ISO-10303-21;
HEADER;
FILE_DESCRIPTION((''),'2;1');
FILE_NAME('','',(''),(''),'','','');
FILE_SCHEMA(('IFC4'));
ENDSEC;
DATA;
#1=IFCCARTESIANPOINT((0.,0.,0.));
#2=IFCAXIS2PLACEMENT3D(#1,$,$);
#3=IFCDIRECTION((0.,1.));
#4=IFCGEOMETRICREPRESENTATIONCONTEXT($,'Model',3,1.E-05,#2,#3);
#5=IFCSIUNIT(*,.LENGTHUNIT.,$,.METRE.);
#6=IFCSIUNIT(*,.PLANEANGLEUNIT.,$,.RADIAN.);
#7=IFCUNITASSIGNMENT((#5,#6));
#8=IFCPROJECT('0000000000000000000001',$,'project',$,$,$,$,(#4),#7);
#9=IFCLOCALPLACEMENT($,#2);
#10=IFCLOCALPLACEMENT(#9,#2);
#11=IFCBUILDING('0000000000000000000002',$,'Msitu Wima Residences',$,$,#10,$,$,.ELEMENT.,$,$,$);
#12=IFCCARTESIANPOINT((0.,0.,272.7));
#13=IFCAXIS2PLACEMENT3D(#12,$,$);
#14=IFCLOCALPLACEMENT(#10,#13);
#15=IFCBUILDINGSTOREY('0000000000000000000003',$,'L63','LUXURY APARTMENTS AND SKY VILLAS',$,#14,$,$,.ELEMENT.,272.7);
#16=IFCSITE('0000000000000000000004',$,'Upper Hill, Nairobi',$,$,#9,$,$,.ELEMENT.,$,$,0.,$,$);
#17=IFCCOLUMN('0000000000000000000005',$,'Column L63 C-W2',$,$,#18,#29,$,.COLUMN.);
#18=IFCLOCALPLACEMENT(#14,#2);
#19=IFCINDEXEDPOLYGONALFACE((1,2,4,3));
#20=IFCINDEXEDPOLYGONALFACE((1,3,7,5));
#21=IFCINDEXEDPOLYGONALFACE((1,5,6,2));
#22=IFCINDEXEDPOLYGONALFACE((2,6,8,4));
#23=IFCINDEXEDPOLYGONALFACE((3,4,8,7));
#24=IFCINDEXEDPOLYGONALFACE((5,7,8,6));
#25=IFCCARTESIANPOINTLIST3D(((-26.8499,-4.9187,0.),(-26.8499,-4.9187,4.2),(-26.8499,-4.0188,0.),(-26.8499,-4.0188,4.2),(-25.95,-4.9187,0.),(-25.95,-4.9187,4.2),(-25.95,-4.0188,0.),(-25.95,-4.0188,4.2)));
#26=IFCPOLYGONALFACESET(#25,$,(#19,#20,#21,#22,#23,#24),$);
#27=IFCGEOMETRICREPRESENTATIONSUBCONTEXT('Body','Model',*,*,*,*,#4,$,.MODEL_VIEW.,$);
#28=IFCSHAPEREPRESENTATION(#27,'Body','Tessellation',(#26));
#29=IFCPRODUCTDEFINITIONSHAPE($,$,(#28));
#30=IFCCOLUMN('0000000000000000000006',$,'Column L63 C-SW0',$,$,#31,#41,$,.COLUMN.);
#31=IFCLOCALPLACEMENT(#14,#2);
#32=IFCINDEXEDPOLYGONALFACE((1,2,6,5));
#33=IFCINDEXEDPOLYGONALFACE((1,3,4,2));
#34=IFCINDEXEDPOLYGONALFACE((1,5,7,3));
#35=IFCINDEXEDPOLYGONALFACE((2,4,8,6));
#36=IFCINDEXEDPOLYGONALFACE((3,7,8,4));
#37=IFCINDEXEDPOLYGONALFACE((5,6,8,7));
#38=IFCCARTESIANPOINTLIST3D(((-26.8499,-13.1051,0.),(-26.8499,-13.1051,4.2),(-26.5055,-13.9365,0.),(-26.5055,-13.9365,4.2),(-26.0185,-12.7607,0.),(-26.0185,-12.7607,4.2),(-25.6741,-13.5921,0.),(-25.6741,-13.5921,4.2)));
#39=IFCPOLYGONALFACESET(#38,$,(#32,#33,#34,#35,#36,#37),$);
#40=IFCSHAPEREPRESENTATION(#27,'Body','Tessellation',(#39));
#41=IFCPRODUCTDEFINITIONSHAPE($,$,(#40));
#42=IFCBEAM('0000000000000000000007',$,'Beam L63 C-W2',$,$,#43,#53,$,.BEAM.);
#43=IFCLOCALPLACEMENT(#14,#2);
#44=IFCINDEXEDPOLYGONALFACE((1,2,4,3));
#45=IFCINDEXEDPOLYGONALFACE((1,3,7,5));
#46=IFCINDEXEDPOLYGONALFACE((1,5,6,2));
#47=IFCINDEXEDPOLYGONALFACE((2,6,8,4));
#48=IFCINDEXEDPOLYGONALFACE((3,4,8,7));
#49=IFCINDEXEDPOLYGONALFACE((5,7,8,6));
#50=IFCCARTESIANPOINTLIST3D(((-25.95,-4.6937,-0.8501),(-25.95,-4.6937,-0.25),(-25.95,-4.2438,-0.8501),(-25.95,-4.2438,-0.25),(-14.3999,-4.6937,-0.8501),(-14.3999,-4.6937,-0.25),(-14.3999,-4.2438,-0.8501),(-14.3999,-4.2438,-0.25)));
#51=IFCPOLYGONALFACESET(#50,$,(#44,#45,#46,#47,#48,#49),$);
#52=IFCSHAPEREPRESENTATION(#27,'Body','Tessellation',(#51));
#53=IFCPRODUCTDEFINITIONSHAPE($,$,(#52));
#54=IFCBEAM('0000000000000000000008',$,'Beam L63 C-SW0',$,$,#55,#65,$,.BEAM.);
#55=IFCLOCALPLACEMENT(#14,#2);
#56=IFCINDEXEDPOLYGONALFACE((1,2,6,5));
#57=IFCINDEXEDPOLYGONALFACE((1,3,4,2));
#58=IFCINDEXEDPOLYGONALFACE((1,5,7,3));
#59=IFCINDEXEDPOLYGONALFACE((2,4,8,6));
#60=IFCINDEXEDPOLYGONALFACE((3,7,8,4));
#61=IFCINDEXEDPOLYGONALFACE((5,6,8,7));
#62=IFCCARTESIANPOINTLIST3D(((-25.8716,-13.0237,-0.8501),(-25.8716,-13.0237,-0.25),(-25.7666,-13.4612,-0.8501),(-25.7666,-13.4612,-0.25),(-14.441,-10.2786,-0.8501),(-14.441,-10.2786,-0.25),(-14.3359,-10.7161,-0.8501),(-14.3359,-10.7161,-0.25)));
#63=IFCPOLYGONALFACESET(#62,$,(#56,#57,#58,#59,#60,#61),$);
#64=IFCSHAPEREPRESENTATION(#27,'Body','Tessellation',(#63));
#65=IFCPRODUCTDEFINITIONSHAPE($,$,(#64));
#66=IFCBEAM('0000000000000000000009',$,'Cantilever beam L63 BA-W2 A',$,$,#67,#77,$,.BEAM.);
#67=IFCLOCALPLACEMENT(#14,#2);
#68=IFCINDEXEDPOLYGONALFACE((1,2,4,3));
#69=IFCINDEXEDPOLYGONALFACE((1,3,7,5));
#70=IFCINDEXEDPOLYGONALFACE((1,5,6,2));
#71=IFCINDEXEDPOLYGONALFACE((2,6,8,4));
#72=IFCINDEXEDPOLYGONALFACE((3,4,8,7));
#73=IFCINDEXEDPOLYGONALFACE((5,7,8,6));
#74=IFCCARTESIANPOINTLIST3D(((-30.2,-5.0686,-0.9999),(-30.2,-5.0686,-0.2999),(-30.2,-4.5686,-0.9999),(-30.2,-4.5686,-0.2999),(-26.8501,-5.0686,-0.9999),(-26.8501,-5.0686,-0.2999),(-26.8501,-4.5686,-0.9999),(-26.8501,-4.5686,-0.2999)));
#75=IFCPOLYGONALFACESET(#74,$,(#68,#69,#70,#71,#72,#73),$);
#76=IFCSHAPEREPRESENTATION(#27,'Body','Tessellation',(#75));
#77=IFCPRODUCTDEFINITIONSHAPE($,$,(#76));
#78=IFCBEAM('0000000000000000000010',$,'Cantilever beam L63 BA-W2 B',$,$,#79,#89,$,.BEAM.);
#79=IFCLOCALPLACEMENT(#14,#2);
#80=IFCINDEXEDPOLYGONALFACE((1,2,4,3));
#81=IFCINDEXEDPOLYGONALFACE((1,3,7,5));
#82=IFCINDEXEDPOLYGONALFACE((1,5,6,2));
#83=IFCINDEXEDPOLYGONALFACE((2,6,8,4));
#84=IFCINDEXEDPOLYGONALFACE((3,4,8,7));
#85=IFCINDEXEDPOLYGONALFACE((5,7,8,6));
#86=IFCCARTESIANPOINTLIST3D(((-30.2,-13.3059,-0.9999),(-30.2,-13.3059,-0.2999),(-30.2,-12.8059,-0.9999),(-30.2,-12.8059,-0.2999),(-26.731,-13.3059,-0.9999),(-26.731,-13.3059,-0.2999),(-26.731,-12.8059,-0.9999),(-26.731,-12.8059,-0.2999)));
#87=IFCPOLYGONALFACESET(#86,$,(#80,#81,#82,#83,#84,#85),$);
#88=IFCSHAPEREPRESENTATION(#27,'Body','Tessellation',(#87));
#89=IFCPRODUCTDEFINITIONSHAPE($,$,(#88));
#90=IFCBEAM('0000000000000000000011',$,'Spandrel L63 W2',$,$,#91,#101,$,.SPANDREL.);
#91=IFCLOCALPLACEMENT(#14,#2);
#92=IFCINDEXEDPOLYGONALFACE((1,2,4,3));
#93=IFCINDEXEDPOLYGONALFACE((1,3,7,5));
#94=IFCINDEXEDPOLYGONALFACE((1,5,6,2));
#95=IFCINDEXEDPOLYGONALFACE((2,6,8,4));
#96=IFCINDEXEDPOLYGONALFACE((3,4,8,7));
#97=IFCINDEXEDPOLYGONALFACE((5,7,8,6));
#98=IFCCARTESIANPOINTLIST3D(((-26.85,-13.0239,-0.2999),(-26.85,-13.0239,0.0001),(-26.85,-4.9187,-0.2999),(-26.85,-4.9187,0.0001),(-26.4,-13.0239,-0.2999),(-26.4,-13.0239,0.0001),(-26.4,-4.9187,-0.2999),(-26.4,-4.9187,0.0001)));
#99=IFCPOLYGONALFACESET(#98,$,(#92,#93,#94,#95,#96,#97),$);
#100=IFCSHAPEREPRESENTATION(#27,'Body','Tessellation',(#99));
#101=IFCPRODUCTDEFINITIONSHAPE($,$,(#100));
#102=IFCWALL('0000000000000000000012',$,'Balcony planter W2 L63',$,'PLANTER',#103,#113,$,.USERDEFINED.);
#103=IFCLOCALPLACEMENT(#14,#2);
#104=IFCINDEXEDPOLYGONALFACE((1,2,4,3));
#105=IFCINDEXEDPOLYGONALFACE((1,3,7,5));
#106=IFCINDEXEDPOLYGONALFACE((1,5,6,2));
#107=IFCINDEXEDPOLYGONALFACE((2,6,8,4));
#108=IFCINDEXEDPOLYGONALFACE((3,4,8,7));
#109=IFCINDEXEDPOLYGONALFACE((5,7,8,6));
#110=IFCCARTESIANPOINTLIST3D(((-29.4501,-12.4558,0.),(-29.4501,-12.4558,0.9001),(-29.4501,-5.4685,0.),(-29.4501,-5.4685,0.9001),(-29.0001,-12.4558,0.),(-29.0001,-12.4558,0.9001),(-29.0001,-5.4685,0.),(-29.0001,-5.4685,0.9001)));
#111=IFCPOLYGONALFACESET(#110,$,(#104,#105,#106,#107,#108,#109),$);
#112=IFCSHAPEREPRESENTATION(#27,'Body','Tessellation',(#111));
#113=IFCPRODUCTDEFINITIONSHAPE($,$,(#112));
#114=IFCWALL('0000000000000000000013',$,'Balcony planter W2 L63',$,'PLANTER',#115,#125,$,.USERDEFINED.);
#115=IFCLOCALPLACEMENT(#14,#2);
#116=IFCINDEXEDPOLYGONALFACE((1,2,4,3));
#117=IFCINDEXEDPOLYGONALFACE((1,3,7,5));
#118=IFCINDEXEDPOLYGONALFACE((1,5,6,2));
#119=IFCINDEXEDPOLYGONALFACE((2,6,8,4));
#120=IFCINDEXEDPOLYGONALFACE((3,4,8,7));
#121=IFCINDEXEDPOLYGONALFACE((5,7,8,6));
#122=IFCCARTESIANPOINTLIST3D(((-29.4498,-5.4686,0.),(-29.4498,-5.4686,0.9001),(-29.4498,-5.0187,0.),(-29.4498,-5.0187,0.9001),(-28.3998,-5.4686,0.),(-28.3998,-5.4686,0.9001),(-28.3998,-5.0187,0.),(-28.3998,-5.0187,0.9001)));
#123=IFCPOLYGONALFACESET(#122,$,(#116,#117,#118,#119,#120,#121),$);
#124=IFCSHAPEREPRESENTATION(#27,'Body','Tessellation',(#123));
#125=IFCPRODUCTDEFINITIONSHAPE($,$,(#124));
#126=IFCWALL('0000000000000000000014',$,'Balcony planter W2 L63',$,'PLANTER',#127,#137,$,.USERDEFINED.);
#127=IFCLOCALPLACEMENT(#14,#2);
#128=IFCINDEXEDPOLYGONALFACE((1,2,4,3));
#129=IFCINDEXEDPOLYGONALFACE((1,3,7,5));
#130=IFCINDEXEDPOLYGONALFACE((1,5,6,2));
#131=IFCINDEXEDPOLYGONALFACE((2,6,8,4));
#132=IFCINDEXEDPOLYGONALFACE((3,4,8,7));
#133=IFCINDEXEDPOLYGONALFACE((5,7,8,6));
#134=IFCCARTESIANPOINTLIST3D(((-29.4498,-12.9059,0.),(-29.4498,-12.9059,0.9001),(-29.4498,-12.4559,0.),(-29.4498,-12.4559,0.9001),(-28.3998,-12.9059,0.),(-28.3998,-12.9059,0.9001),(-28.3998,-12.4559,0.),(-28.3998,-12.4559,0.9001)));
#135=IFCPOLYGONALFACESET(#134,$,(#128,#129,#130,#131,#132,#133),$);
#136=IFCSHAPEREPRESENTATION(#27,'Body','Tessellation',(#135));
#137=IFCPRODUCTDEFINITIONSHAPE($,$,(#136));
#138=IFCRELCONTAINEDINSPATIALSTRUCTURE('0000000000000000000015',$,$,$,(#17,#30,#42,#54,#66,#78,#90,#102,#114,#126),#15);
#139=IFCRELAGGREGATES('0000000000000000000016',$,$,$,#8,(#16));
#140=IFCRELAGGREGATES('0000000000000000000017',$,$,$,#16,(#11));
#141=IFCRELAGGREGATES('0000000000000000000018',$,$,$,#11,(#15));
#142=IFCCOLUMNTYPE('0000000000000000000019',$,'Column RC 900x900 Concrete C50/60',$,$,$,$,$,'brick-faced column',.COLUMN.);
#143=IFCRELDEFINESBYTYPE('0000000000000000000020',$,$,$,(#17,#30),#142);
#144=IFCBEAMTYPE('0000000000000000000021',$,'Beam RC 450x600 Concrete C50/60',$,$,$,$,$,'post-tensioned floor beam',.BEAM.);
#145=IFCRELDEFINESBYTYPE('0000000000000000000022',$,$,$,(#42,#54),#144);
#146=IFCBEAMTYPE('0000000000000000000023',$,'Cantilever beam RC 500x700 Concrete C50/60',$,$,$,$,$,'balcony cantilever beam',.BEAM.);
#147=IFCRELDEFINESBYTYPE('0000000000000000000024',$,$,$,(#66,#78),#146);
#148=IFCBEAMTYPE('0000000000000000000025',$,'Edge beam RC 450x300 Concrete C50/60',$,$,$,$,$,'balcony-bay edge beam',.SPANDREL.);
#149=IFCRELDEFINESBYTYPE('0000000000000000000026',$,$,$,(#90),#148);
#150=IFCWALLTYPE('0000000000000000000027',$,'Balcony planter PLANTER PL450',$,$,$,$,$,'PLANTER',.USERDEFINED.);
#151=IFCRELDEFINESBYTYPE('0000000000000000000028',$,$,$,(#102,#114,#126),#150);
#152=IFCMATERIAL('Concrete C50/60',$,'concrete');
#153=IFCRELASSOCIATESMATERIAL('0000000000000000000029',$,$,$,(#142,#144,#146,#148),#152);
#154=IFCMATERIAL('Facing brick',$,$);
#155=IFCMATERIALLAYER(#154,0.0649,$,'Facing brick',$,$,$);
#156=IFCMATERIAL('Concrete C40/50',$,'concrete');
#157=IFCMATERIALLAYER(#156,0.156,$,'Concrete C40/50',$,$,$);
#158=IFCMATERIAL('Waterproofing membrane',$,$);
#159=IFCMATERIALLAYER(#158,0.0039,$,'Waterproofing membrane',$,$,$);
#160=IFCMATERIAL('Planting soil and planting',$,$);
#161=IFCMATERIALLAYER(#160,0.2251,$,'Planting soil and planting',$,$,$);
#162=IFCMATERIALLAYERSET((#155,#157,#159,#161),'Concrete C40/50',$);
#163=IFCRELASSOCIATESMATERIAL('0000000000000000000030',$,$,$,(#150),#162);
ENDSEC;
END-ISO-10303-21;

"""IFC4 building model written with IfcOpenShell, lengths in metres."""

from ifc_helpers import new_model, si_unit, direction, frame, frame_2d, origin, origin_2d, place, context, subcontext, project, spatial, rectangle, extrude, material, layer, layer_set, material_profile, profile_set, type_object, element, save


model = new_model("IFC4")

# Units and contexts
model_context = context("Model", 3, precision=1e-05, world=origin(), true_north=direction((0.0, 1.0)))
body_context = subcontext(model_context, "Body", "Model", "MODEL_VIEW")
ifc_project = project(units=[si_unit("LENGTHUNIT", "METRE"), si_unit("PLANEANGLEUNIT", "RADIAN")], contexts=[model_context])

# Site, building, storey
site_placement = place(None, origin())
site = spatial("IfcSite", under=ifc_project, at=site_placement, Name="Upper Hill, Nairobi", CompositionType="ELEMENT", RefElevation=0.0)
building_placement = place(site_placement, origin())
building = spatial("IfcBuilding", under=site, at=building_placement, Name="Msitu Wima Residences", CompositionType="ELEMENT")
storey_placement = place(building_placement, frame((0.0, 0.0, 272.7)))
storey = spatial("IfcBuildingStorey", under=building, at=storey_placement, Name="L63", Description="LUXURY APARTMENTS AND SKY VILLAS", CompositionType="ELEMENT", Elevation=272.7)

# Columns
ifc_material_1 = material(Name="Concrete C50/60", Category="concrete")
ifc_material_profile_1 = material_profile(ifc_material_1, rectangle(XDim=0.8999, YDim=0.8999, at=origin_2d()), Name="RC 900x900")
ifc_profile_set_1 = profile_set([ifc_material_profile_1], Name="Concrete C50/60")
column_type = type_object("IfcColumnType", Name="Column RC 900x900 Concrete C50/60", ElementType="brick-faced column", PredefinedType="COLUMN", material=ifc_profile_set_1)
for number, where, z_axis, x_axis, name in (
    (1, (-26.3999, -4.4688, 0.0), (0.0, 0.0, 1.0), (0.0, -1.0, 0.0), "Column L63 C-W2"),
    (2, (-26.262, -13.3486, 0.0), (0.0, 0.0, 1.0), (0.382683, -0.92388, 0.0), "Column L63 C-SW0"),
):
    element("IfcColumn", number, at=place(storey_placement, frame(where, z_axis=z_axis, x_axis=x_axis)), inside=storey, type_object=column_type, Name=name, PredefinedType="COLUMN", context=body_context, shape_type="SweptSolid", body=[
        extrude(rectangle(XDim=0.8999, YDim=0.8999, at=origin_2d()), origin(), (0.0, 0.0, 1.0), 4.2),
    ])

# Beams
ifc_material_profile_2 = material_profile(ifc_material_1, rectangle(XDim=0.45, YDim=0.6001, at=origin_2d()), Name="RC 450x600")
ifc_profile_set_2 = profile_set([ifc_material_profile_2], Name="Concrete C50/60")
beam_type_1 = type_object("IfcBeamType", Name="Beam RC 450x600 Concrete C50/60", ElementType="post-tensioned floor beam", PredefinedType="BEAM", material=ifc_profile_set_2)
beam_1_placement = place(storey_placement, frame((-25.95, -4.4688, -0.55), z_axis=(1.0, 0.0, 0.0), x_axis=(0.0, 1.0, 0.0)))
element("IfcBeam", 3, at=beam_1_placement, inside=storey, type_object=beam_type_1, Name="Beam L63 C-W2", PredefinedType="BEAM", context=body_context, shape_type="SweptSolid", body=[
    extrude(rectangle(XDim=0.45, YDim=0.6001, at=origin_2d()), origin(), (0.0, 0.0, 1.0), 11.55),
])
beam_2_placement = place(storey_placement, frame((-25.8191, -13.2424, -0.55), z_axis=(0.972353, 0.233514, 0.0), x_axis=(-0.233514, 0.972353, 0.0)))
element("IfcBeam", 4, at=beam_2_placement, inside=storey, type_object=beam_type_1, Name="Beam L63 C-SW0", PredefinedType="BEAM", context=body_context, shape_type="SweptSolid", body=[
    extrude(rectangle(XDim=0.45, YDim=0.6001, at=origin_2d()), origin(), (0.0, 0.0, 1.0), 11.7556),
])
ifc_material_profile_3 = material_profile(ifc_material_1, rectangle(XDim=0.5, YDim=0.7, at=origin_2d()), Name="RC 500x700")
ifc_profile_set_3 = profile_set([ifc_material_profile_3], Name="Concrete C50/60")
beam_type_2 = type_object("IfcBeamType", Name="Cantilever beam RC 500x700 Concrete C50/60", ElementType="balcony cantilever beam", PredefinedType="BEAM", material=ifc_profile_set_3)
beam_3_placement = place(storey_placement, frame((-26.8501, -4.8186, -0.6499), z_axis=(-1.0, 0.0, 0.0), x_axis=(0.0, -1.0, 0.0)))
element("IfcBeam", 5, at=beam_3_placement, inside=storey, type_object=beam_type_2, Name="Cantilever beam L63 BA-W2 A", PredefinedType="BEAM", context=body_context, shape_type="SweptSolid", body=[
    extrude(rectangle(XDim=0.5, YDim=0.7, at=origin_2d()), origin(), (0.0, 0.0, 1.0), 3.3499),
])
beam_4_placement = place(storey_placement, frame((-26.731, -13.0559, -0.6499), z_axis=(-1.0, 0.0, 0.0), x_axis=(0.0, -1.0, 0.0)))
element("IfcBeam", 6, at=beam_4_placement, inside=storey, type_object=beam_type_2, Name="Cantilever beam L63 BA-W2 B", PredefinedType="BEAM", context=body_context, shape_type="SweptSolid", body=[
    extrude(rectangle(XDim=0.5, YDim=0.7, at=origin_2d()), origin(), (0.0, 0.0, 1.0), 3.469),
])
ifc_material_profile_4 = material_profile(ifc_material_1, rectangle(XDim=0.45, YDim=0.3, at=origin_2d()), Name="RC 450x300")
ifc_profile_set_4 = profile_set([ifc_material_profile_4], Name="Concrete C50/60")
beam_type_3 = type_object("IfcBeamType", Name="Edge beam RC 450x300 Concrete C50/60", ElementType="balcony-bay edge beam", PredefinedType="SPANDREL", material=ifc_profile_set_4)
beam_5_placement = place(storey_placement, frame((-26.625, -4.9187, -0.1499), z_axis=(0.0, -1.0, 0.0), x_axis=(1.0, 0.0, 0.0)))
element("IfcBeam", 7, at=beam_5_placement, inside=storey, type_object=beam_type_3, Name="Spandrel L63 W2", PredefinedType="SPANDREL", context=body_context, shape_type="SweptSolid", body=[
    extrude(rectangle(XDim=0.45, YDim=0.3, at=origin_2d()), origin(), (0.0, 0.0, 1.0), 8.1052),
])

# Walls
ifc_material_2 = material(Name="Facing brick")
ifc_layer_1 = layer(ifc_material_2, 0.0649, Name="Facing brick")
ifc_material_3 = material(Name="Concrete C40/50", Category="concrete")
ifc_layer_2 = layer(ifc_material_3, 0.156, Name="Concrete C40/50")
ifc_material_4 = material(Name="Waterproofing membrane")
ifc_layer_3 = layer(ifc_material_4, 0.0039, Name="Waterproofing membrane")
ifc_material_5 = material(Name="Planting soil and planting")
ifc_layer_4 = layer(ifc_material_5, 0.2251, Name="Planting soil and planting")
ifc_layer_set_1 = layer_set([ifc_layer_1, ifc_layer_2, ifc_layer_3, ifc_layer_4], Name="Concrete C40/50")
wall_type_1 = type_object("IfcWallType", Name="Balcony planter PLANTER PL450", ElementType="PLANTER", PredefinedType="USERDEFINED", material=ifc_layer_set_1)
wall_1_placement = place(storey_placement, frame((-29.2251, -5.4685, 0.0), z_axis=(0.0, 0.0, 1.0), x_axis=(0.0, -1.0, 0.0)))
element("IfcWall", 8, at=wall_1_placement, inside=storey, type_object=wall_type_1, Name="Balcony planter W2 L63", ObjectType="PLANTER", PredefinedType="USERDEFINED", context=body_context, shape_type="SweptSolid", body=[
    extrude(rectangle(XDim=6.9873, YDim=0.45, at=frame_2d((3.4937, 0.0))), origin(), (0.0, 0.0, 1.0), 0.9001),
])
for number, where, z_axis, x_axis, name in (
    (9, (-28.3999, -5.2437, 0.0), (0.0, 0.0, 1.0), (-1.0, 0.0, 0.0), "Balcony planter W2 L63"),
    (10, (-28.3999, -12.6809, 0.0), (0.0, 0.0, 1.0), (-1.0, 0.0, 0.0), "Balcony planter W2 L63"),
):
    element("IfcWall", number, at=place(storey_placement, frame(where, z_axis=z_axis, x_axis=x_axis)), inside=storey, type_object=wall_type_1, Name=name, ObjectType="PLANTER", PredefinedType="USERDEFINED", context=body_context, shape_type="SweptSolid", body=[
        extrude(rectangle(XDim=1.05, YDim=0.45, at=frame_2d((0.5249, 0.0))), origin(), (0.0, 0.0, 1.0), 0.9001),
    ])

save(model, "model.ifc")
